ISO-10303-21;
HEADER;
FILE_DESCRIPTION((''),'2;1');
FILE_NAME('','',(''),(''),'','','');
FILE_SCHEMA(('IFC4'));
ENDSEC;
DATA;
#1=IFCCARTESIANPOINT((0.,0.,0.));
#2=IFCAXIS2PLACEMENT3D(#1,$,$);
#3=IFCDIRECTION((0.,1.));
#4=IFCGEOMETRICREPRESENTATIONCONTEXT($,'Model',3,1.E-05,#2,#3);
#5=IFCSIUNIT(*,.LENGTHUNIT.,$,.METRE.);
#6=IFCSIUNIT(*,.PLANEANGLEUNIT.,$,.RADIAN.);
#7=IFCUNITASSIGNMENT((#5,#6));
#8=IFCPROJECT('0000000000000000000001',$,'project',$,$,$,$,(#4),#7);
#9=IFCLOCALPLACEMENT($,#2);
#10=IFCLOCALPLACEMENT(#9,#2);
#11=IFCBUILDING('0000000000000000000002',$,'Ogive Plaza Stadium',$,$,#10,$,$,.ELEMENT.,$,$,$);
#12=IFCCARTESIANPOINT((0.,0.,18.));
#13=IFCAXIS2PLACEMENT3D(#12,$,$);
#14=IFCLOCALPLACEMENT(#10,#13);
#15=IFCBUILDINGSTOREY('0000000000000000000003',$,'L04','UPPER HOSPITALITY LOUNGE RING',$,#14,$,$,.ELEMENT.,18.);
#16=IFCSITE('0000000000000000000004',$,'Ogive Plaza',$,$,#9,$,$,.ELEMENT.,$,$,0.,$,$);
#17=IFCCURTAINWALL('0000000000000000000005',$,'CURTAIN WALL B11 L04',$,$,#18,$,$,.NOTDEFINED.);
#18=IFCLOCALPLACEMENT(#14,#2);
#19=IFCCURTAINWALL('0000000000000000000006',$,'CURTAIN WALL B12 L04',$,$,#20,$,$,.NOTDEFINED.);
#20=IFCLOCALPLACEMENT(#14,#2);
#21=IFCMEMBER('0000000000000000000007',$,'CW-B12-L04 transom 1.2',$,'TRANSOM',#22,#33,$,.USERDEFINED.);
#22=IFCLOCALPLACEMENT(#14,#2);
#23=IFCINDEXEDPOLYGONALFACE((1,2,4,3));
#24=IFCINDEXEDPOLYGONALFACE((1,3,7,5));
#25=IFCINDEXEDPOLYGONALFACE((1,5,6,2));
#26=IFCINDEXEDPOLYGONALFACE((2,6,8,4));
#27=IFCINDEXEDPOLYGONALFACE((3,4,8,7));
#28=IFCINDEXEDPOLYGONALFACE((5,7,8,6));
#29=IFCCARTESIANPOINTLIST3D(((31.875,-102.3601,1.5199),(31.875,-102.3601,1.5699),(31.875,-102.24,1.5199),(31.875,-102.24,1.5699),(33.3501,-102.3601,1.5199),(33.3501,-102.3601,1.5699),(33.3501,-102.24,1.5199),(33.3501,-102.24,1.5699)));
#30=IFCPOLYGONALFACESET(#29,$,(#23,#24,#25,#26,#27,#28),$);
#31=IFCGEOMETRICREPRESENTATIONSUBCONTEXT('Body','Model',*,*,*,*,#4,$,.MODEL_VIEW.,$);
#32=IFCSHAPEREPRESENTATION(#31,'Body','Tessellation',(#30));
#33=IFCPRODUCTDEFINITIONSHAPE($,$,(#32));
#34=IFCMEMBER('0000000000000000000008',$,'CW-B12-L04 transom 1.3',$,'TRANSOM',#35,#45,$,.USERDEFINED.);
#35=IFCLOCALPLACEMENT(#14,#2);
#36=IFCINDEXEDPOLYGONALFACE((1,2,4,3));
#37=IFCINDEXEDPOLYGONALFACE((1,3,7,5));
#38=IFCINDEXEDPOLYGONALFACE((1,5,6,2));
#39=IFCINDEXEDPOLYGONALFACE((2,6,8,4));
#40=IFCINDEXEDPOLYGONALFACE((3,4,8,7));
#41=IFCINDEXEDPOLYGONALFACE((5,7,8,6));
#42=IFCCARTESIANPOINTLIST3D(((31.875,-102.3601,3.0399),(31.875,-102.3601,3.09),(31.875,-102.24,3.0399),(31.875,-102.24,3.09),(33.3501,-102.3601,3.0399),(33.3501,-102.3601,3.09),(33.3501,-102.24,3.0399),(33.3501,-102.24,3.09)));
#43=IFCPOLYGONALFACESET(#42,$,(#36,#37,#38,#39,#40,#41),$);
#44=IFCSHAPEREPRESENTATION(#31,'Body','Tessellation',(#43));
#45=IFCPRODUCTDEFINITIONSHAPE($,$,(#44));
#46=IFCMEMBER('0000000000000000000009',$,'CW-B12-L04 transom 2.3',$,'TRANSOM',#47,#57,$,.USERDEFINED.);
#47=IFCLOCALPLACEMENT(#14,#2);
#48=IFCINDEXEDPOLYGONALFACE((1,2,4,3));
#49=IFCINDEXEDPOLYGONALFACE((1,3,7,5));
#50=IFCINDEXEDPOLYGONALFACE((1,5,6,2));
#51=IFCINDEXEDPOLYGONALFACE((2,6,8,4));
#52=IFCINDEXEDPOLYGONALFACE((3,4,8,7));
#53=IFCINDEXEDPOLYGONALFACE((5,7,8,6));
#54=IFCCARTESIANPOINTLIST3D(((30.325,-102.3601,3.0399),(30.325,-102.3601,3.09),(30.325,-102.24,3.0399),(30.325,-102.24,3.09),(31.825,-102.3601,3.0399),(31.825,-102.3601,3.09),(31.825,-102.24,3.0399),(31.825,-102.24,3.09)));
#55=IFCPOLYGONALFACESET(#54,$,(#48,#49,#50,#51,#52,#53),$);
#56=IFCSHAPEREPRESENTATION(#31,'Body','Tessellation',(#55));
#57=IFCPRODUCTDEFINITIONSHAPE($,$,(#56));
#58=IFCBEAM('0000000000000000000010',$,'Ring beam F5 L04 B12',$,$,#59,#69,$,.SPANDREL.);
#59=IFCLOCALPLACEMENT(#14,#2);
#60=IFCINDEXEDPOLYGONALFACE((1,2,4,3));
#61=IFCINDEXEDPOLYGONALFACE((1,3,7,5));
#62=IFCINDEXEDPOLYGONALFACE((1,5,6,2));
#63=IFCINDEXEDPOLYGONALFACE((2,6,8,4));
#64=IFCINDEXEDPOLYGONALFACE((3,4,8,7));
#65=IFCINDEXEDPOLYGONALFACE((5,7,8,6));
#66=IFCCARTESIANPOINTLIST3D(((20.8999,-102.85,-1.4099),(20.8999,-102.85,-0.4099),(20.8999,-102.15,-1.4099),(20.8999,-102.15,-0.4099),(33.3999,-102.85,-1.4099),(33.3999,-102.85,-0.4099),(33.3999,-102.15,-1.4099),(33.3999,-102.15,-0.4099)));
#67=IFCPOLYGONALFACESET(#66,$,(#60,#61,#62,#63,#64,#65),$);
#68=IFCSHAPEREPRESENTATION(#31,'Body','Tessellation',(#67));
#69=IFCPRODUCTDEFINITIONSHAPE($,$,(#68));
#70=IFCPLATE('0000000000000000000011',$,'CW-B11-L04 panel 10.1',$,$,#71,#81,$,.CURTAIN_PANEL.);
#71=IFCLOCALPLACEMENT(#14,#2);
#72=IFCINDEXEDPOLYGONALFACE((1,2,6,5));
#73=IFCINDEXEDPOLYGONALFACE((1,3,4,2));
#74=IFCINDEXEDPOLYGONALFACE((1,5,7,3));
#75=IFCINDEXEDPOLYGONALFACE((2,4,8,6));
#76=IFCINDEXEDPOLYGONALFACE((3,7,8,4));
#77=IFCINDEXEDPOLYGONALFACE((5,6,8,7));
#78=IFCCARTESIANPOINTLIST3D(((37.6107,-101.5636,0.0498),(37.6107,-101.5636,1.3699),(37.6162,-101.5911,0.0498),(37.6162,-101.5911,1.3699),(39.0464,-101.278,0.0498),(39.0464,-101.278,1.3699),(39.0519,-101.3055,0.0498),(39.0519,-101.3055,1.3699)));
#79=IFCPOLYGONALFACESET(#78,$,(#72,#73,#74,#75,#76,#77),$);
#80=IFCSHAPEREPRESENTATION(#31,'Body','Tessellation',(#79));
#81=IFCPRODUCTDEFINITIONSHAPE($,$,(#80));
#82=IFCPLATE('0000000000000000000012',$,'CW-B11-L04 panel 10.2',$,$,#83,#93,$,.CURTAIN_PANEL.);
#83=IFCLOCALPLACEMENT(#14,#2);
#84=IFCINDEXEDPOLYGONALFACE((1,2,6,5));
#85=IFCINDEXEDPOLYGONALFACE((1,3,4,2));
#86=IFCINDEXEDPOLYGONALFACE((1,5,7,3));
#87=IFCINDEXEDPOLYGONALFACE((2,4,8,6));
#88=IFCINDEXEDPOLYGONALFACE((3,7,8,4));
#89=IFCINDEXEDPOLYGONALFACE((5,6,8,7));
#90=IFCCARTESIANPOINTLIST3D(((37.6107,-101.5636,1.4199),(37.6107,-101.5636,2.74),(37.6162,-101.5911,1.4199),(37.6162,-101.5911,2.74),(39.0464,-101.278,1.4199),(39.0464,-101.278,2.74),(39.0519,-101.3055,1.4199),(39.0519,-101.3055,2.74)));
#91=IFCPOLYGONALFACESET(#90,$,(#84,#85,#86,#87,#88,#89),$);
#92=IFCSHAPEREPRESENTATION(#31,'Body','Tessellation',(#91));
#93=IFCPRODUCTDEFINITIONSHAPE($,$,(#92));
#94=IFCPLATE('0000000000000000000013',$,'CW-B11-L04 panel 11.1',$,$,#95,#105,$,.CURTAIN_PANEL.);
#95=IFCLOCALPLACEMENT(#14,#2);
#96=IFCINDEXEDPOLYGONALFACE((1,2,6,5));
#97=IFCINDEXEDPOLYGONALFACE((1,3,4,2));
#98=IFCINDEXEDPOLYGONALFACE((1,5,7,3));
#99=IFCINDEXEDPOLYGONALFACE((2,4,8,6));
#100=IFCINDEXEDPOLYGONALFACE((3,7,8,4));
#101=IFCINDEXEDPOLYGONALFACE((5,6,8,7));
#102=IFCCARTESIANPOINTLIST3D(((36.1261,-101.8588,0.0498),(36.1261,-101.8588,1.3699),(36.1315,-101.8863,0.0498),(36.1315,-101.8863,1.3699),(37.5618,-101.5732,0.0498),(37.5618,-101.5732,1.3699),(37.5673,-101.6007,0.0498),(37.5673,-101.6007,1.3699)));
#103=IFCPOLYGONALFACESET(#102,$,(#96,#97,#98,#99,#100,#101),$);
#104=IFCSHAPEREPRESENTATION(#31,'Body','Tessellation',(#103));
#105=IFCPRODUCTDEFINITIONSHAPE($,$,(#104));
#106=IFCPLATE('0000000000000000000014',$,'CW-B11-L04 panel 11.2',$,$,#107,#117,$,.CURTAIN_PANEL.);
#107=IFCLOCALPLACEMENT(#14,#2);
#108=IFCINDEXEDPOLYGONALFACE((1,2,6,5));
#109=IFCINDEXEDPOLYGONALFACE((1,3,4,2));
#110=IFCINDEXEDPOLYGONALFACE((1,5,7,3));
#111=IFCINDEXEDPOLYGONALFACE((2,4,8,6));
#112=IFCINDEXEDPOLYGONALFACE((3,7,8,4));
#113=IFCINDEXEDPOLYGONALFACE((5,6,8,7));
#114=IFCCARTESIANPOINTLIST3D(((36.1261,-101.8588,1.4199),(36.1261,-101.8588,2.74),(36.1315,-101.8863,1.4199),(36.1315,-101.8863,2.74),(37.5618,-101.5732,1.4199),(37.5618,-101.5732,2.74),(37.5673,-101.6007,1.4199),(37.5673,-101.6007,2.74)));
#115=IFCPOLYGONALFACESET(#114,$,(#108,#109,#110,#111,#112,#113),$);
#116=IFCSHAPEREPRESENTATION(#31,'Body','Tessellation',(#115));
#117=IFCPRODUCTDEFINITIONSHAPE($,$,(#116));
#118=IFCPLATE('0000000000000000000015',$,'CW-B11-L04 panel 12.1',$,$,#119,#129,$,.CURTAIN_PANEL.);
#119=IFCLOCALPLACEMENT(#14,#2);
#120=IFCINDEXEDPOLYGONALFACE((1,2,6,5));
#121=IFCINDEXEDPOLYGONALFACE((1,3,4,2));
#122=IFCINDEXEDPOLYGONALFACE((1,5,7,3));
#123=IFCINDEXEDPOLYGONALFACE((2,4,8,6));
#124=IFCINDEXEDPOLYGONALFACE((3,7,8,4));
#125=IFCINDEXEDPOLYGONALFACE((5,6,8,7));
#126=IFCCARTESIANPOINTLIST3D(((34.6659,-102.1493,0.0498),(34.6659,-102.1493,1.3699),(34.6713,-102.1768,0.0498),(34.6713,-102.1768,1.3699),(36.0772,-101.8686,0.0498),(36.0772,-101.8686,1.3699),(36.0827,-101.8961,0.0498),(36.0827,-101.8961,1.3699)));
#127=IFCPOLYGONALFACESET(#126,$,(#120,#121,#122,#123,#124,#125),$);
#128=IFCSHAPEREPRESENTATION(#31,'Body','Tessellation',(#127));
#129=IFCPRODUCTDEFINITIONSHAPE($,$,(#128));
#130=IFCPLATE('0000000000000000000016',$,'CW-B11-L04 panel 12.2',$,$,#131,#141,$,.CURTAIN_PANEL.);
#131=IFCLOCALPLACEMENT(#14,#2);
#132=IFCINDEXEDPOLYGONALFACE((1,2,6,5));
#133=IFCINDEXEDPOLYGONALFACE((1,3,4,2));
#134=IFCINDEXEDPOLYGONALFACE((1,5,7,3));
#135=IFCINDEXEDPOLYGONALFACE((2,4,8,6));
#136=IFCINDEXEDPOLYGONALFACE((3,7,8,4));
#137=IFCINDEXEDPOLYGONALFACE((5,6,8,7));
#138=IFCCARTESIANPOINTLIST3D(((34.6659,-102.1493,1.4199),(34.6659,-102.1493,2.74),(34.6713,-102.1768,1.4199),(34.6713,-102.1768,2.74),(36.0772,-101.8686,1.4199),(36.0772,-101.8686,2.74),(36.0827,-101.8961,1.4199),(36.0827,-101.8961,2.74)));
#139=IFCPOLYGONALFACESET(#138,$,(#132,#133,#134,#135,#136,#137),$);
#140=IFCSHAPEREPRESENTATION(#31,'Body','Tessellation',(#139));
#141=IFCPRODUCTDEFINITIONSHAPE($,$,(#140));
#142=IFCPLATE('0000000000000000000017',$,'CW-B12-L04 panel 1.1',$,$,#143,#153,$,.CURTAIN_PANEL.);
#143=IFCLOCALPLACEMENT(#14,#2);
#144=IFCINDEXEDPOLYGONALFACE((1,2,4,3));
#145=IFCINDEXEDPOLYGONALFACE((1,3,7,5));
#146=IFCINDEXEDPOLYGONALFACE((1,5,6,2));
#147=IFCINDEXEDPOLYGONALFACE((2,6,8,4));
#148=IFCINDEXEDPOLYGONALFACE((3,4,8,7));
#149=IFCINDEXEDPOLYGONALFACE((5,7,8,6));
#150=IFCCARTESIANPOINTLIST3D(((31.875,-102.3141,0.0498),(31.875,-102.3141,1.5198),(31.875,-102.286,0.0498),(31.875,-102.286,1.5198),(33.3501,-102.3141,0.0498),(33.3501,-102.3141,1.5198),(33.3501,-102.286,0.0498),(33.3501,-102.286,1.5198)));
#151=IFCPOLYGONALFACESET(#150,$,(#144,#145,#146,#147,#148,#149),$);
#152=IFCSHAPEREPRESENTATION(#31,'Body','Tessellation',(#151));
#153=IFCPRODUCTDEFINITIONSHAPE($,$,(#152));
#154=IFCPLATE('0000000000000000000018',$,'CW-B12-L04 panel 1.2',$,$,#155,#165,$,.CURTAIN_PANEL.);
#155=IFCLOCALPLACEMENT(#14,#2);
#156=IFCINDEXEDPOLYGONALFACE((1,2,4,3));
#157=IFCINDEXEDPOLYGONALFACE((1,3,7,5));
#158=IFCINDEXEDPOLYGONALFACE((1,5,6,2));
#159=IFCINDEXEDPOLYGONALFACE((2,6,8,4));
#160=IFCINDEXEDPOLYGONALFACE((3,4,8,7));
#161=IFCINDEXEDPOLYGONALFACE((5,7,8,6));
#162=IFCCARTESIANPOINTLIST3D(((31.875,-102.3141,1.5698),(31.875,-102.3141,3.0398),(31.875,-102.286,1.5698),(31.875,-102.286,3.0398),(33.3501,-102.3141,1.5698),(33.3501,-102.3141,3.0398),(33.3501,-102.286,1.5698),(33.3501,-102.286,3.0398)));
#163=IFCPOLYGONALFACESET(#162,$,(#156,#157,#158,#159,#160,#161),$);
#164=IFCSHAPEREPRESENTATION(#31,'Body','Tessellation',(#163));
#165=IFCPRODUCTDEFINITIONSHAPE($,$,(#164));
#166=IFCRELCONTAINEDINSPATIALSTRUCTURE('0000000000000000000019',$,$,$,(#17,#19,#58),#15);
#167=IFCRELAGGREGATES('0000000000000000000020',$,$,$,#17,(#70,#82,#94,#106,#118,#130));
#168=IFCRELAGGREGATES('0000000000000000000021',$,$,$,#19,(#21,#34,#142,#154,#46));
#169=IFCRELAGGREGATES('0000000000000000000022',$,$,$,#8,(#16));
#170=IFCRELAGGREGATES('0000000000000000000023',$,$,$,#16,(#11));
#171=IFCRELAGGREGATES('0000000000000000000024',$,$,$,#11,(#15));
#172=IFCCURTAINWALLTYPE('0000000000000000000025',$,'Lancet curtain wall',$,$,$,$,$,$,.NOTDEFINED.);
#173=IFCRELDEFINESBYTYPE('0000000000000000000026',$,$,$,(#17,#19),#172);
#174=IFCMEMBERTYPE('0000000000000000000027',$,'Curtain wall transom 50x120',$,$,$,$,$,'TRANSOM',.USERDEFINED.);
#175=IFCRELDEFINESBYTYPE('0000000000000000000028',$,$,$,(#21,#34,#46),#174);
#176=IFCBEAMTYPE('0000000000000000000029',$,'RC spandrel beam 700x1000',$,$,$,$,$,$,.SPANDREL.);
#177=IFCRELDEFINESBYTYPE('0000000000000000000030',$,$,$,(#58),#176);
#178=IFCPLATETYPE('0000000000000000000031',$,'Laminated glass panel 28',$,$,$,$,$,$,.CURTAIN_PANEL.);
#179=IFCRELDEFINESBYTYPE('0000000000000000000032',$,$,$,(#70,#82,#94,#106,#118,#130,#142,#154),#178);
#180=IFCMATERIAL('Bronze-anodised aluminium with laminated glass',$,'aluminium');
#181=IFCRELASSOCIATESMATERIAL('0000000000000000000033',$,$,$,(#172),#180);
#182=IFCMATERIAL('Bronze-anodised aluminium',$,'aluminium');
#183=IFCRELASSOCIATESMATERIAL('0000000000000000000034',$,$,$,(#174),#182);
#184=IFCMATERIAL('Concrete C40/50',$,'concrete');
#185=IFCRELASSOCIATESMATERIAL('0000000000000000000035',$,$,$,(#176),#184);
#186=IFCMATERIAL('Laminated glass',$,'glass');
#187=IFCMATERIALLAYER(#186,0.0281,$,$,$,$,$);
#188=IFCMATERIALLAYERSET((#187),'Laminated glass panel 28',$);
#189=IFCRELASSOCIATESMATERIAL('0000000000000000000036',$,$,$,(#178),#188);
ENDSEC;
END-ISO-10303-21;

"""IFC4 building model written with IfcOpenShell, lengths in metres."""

from ifc_helpers import new_model, si_unit, direction, frame, origin, origin_2d, place, context, subcontext, project, spatial, rectangle, extrude, material, layer, layer_set, material_profile, profile_set, type_object, element, aggregate, save


model = new_model("IFC4")

# Units and contexts
model_context = context("Model", 3, precision=1e-05, world=origin(), true_north=direction((0.0, 1.0)))
body_context = subcontext(model_context, "Body", "Model", "MODEL_VIEW")
ifc_project = project(units=[si_unit("LENGTHUNIT", "METRE"), si_unit("PLANEANGLEUNIT", "RADIAN")], contexts=[model_context])

# Site, building, storey
site_placement = place(None, origin())
site = spatial("IfcSite", under=ifc_project, at=site_placement, Name="Ogive Plaza", CompositionType="ELEMENT", RefElevation=0.0)
building_placement = place(site_placement, origin())
building = spatial("IfcBuilding", under=site, at=building_placement, Name="Ogive Plaza Stadium", CompositionType="ELEMENT")
storey_placement = place(building_placement, frame((0.0, 0.0, 18.0)))
storey = spatial("IfcBuildingStorey", under=building, at=storey_placement, Name="L04", Description="UPPER HOSPITALITY LOUNGE RING", CompositionType="ELEMENT", Elevation=18.0)

# Curtain walls
ifc_material_1 = material(Name="Bronze-anodised aluminium with laminated glass", Category="aluminium")
curtain_wall_type = type_object("IfcCurtainWallType", Name="Lancet curtain wall", PredefinedType="NOTDEFINED", material=ifc_material_1)
curtain_wall_1_placement = place(storey_placement, origin())
curtain_wall_1 = element("IfcCurtainWall", 1, at=curtain_wall_1_placement, inside=storey, type_object=curtain_wall_type, Name="CURTAIN WALL B11 L04", PredefinedType="NOTDEFINED")
curtain_wall_2_placement = place(storey_placement, origin())
curtain_wall_2 = element("IfcCurtainWall", 2, at=curtain_wall_2_placement, inside=storey, type_object=curtain_wall_type, Name="CURTAIN WALL B12 L04", PredefinedType="NOTDEFINED")

# Members
ifc_material_2 = material(Name="Bronze-anodised aluminium", Category="aluminium")
ifc_material_profile_1 = material_profile(ifc_material_2, rectangle(XDim=0.1201, YDim=0.05, at=origin_2d()), Name="AL 120x50")
ifc_profile_set_1 = profile_set([ifc_material_profile_1], Name="Bronze-anodised aluminium")
member_type_1 = type_object("IfcMemberType", Name="Curtain wall transom 50x120", ElementType="TRANSOM", PredefinedType="USERDEFINED", material=ifc_profile_set_1)
member_1_placement = place(storey_placement, frame((33.3501, -102.3, 1.5449), z_axis=(-1.0, 0.0, 0.0), x_axis=(0.0, -1.0, 0.0)))
member_1 = element("IfcMember", 3, at=member_1_placement, type_object=member_type_1, Name="CW-B12-L04 transom 1.2", ObjectType="TRANSOM", PredefinedType="USERDEFINED", context=body_context, shape_type="SweptSolid", body=[
    extrude(rectangle(XDim=0.1201, YDim=0.05, at=origin_2d()), origin(), (0.0, 0.0, 1.0), 1.4751),
])
member_2_placement = place(storey_placement, frame((33.3501, -102.3, 3.0649), z_axis=(-1.0, 0.0, 0.0), x_axis=(0.0, -1.0, 0.0)))
member_2 = element("IfcMember", 4, at=member_2_placement, type_object=member_type_1, Name="CW-B12-L04 transom 1.3", ObjectType="TRANSOM", PredefinedType="USERDEFINED", context=body_context, shape_type="SweptSolid", body=[
    extrude(rectangle(XDim=0.1201, YDim=0.05, at=origin_2d()), origin(), (0.0, 0.0, 1.0), 1.4751),
])
member_3_placement = place(storey_placement, frame((31.825, -102.3, 3.0649), z_axis=(-1.0, 0.0, 0.0), x_axis=(0.0, -1.0, 0.0)))
member_3 = element("IfcMember", 5, at=member_3_placement, type_object=member_type_1, Name="CW-B12-L04 transom 2.3", ObjectType="TRANSOM", PredefinedType="USERDEFINED", context=body_context, shape_type="SweptSolid", body=[
    extrude(rectangle(XDim=0.1201, YDim=0.05, at=origin_2d()), origin(), (0.0, 0.0, 1.0), 1.5),
])

# Beam
ifc_material_3 = material(Name="Concrete C40/50", Category="concrete")
ifc_material_profile_2 = material_profile(ifc_material_3, rectangle(XDim=0.7, YDim=1.0, at=origin_2d()), Name="RC 700x1000")
ifc_profile_set_2 = profile_set([ifc_material_profile_2], Name="Concrete C40/50")
beam_type = type_object("IfcBeamType", Name="RC spandrel beam 700x1000", PredefinedType="SPANDREL", material=ifc_profile_set_2)
beam_placement = place(storey_placement, frame((33.3999, -102.5, -0.9099), z_axis=(-1.0, 0.0, 0.0), x_axis=(0.0, -1.0, 0.0)))
element("IfcBeam", 6, at=beam_placement, inside=storey, type_object=beam_type, Name="Ring beam F5 L04 B12", PredefinedType="SPANDREL", context=body_context, shape_type="SweptSolid", body=[
    extrude(rectangle(XDim=0.7, YDim=1.0, at=origin_2d()), origin(), (0.0, 0.0, 1.0), 12.5),
])

# Plates
ifc_material_4 = material(Name="Laminated glass", Category="glass")
ifc_layer = layer(ifc_material_4, 0.0281)
ifc_layer_set = layer_set([ifc_layer], Name="Laminated glass panel 28")
plate_type = type_object("IfcPlateType", Name="Laminated glass panel 28", PredefinedType="CURTAIN_PANEL", material=ifc_layer_set)
plate_1_placement = place(storey_placement, frame((38.3313, -101.4346, 0.0498), z_axis=(0.0, 0.0, 1.0), x_axis=(-0.980785, -0.19509, 0.0)))
plate_1 = element("IfcPlate", 7, at=plate_1_placement, type_object=plate_type, Name="CW-B11-L04 panel 10.1", PredefinedType="CURTAIN_PANEL", context=body_context, shape_type="SweptSolid", body=[
    extrude(rectangle(XDim=1.4639, YDim=0.0281, at=origin_2d()), origin(), (0.0, 0.0, 1.0), 1.3201),
])
plate_2_placement = place(storey_placement, frame((38.3313, -101.4346, 1.4199), z_axis=(0.0, 0.0, 1.0), x_axis=(-0.980785, -0.19509, 0.0)))
plate_2 = element("IfcPlate", 8, at=plate_2_placement, type_object=plate_type, Name="CW-B11-L04 panel 10.2", PredefinedType="CURTAIN_PANEL", context=body_context, shape_type="SweptSolid", body=[
    extrude(rectangle(XDim=1.4639, YDim=0.0281, at=origin_2d()), origin(), (0.0, 0.0, 1.0), 1.3201),
])
plate_3_placement = place(storey_placement, frame((36.8467, -101.7297, 0.0498), z_axis=(0.0, 0.0, 1.0), x_axis=(-0.980785, -0.19509, 0.0)))
plate_3 = element("IfcPlate", 9, at=plate_3_placement, type_object=plate_type, Name="CW-B11-L04 panel 11.1", PredefinedType="CURTAIN_PANEL", context=body_context, shape_type="SweptSolid", body=[
    extrude(rectangle(XDim=1.4639, YDim=0.0281, at=origin_2d()), origin(), (0.0, 0.0, 1.0), 1.3201),
])
plate_4_placement = place(storey_placement, frame((36.8467, -101.7297, 1.4199), z_axis=(0.0, 0.0, 1.0), x_axis=(-0.980785, -0.19509, 0.0)))
plate_4 = element("IfcPlate", 10, at=plate_4_placement, type_object=plate_type, Name="CW-B11-L04 panel 11.2", PredefinedType="CURTAIN_PANEL", context=body_context, shape_type="SweptSolid", body=[
    extrude(rectangle(XDim=1.4639, YDim=0.0281, at=origin_2d()), origin(), (0.0, 0.0, 1.0), 1.3201),
])
plate_5_placement = place(storey_placement, frame((35.3743, -102.0227, 0.0498), z_axis=(0.0, 0.0, 1.0), x_axis=(-0.980785, -0.19509, 0.0)))
plate_5 = element("IfcPlate", 11, at=plate_5_placement, type_object=plate_type, Name="CW-B11-L04 panel 12.1", PredefinedType="CURTAIN_PANEL", context=body_context, shape_type="SweptSolid", body=[
    extrude(rectangle(XDim=1.439, YDim=0.0281, at=origin_2d()), origin(), (0.0, 0.0, 1.0), 1.3201),
])
plate_6_placement = place(storey_placement, frame((35.3743, -102.0227, 1.4199), z_axis=(0.0, 0.0, 1.0), x_axis=(-0.980785, -0.19509, 0.0)))
plate_6 = element("IfcPlate", 12, at=plate_6_placement, type_object=plate_type, Name="CW-B11-L04 panel 12.2", PredefinedType="CURTAIN_PANEL", context=body_context, shape_type="SweptSolid", body=[
    extrude(rectangle(XDim=1.439, YDim=0.0281, at=origin_2d()), origin(), (0.0, 0.0, 1.0), 1.3201),
])
aggregate(curtain_wall_1, [plate_1, plate_2, plate_3, plate_4, plate_5, plate_6])
plate_7_placement = place(storey_placement, frame((32.6125, -102.3, 0.0498), z_axis=(0.0, 0.0, 1.0), x_axis=(-1.0, 0.0, 0.0)))
plate_7 = element("IfcPlate", 13, at=plate_7_placement, type_object=plate_type, Name="CW-B12-L04 panel 1.1", PredefinedType="CURTAIN_PANEL", context=body_context, shape_type="SweptSolid", body=[
    extrude(rectangle(XDim=1.4751, YDim=0.0281, at=origin_2d()), origin(), (0.0, 0.0, 1.0), 1.47),
])
plate_8_placement = place(storey_placement, frame((32.6125, -102.3, 1.5698), z_axis=(0.0, 0.0, 1.0), x_axis=(-1.0, 0.0, 0.0)))
plate_8 = element("IfcPlate", 14, at=plate_8_placement, type_object=plate_type, Name="CW-B12-L04 panel 1.2", PredefinedType="CURTAIN_PANEL", context=body_context, shape_type="SweptSolid", body=[
    extrude(rectangle(XDim=1.4751, YDim=0.0281, at=origin_2d()), origin(), (0.0, 0.0, 1.0), 1.47),
])
aggregate(curtain_wall_2, [member_1, member_2, plate_7, plate_8, member_3])

save(model, "model.ifc")
